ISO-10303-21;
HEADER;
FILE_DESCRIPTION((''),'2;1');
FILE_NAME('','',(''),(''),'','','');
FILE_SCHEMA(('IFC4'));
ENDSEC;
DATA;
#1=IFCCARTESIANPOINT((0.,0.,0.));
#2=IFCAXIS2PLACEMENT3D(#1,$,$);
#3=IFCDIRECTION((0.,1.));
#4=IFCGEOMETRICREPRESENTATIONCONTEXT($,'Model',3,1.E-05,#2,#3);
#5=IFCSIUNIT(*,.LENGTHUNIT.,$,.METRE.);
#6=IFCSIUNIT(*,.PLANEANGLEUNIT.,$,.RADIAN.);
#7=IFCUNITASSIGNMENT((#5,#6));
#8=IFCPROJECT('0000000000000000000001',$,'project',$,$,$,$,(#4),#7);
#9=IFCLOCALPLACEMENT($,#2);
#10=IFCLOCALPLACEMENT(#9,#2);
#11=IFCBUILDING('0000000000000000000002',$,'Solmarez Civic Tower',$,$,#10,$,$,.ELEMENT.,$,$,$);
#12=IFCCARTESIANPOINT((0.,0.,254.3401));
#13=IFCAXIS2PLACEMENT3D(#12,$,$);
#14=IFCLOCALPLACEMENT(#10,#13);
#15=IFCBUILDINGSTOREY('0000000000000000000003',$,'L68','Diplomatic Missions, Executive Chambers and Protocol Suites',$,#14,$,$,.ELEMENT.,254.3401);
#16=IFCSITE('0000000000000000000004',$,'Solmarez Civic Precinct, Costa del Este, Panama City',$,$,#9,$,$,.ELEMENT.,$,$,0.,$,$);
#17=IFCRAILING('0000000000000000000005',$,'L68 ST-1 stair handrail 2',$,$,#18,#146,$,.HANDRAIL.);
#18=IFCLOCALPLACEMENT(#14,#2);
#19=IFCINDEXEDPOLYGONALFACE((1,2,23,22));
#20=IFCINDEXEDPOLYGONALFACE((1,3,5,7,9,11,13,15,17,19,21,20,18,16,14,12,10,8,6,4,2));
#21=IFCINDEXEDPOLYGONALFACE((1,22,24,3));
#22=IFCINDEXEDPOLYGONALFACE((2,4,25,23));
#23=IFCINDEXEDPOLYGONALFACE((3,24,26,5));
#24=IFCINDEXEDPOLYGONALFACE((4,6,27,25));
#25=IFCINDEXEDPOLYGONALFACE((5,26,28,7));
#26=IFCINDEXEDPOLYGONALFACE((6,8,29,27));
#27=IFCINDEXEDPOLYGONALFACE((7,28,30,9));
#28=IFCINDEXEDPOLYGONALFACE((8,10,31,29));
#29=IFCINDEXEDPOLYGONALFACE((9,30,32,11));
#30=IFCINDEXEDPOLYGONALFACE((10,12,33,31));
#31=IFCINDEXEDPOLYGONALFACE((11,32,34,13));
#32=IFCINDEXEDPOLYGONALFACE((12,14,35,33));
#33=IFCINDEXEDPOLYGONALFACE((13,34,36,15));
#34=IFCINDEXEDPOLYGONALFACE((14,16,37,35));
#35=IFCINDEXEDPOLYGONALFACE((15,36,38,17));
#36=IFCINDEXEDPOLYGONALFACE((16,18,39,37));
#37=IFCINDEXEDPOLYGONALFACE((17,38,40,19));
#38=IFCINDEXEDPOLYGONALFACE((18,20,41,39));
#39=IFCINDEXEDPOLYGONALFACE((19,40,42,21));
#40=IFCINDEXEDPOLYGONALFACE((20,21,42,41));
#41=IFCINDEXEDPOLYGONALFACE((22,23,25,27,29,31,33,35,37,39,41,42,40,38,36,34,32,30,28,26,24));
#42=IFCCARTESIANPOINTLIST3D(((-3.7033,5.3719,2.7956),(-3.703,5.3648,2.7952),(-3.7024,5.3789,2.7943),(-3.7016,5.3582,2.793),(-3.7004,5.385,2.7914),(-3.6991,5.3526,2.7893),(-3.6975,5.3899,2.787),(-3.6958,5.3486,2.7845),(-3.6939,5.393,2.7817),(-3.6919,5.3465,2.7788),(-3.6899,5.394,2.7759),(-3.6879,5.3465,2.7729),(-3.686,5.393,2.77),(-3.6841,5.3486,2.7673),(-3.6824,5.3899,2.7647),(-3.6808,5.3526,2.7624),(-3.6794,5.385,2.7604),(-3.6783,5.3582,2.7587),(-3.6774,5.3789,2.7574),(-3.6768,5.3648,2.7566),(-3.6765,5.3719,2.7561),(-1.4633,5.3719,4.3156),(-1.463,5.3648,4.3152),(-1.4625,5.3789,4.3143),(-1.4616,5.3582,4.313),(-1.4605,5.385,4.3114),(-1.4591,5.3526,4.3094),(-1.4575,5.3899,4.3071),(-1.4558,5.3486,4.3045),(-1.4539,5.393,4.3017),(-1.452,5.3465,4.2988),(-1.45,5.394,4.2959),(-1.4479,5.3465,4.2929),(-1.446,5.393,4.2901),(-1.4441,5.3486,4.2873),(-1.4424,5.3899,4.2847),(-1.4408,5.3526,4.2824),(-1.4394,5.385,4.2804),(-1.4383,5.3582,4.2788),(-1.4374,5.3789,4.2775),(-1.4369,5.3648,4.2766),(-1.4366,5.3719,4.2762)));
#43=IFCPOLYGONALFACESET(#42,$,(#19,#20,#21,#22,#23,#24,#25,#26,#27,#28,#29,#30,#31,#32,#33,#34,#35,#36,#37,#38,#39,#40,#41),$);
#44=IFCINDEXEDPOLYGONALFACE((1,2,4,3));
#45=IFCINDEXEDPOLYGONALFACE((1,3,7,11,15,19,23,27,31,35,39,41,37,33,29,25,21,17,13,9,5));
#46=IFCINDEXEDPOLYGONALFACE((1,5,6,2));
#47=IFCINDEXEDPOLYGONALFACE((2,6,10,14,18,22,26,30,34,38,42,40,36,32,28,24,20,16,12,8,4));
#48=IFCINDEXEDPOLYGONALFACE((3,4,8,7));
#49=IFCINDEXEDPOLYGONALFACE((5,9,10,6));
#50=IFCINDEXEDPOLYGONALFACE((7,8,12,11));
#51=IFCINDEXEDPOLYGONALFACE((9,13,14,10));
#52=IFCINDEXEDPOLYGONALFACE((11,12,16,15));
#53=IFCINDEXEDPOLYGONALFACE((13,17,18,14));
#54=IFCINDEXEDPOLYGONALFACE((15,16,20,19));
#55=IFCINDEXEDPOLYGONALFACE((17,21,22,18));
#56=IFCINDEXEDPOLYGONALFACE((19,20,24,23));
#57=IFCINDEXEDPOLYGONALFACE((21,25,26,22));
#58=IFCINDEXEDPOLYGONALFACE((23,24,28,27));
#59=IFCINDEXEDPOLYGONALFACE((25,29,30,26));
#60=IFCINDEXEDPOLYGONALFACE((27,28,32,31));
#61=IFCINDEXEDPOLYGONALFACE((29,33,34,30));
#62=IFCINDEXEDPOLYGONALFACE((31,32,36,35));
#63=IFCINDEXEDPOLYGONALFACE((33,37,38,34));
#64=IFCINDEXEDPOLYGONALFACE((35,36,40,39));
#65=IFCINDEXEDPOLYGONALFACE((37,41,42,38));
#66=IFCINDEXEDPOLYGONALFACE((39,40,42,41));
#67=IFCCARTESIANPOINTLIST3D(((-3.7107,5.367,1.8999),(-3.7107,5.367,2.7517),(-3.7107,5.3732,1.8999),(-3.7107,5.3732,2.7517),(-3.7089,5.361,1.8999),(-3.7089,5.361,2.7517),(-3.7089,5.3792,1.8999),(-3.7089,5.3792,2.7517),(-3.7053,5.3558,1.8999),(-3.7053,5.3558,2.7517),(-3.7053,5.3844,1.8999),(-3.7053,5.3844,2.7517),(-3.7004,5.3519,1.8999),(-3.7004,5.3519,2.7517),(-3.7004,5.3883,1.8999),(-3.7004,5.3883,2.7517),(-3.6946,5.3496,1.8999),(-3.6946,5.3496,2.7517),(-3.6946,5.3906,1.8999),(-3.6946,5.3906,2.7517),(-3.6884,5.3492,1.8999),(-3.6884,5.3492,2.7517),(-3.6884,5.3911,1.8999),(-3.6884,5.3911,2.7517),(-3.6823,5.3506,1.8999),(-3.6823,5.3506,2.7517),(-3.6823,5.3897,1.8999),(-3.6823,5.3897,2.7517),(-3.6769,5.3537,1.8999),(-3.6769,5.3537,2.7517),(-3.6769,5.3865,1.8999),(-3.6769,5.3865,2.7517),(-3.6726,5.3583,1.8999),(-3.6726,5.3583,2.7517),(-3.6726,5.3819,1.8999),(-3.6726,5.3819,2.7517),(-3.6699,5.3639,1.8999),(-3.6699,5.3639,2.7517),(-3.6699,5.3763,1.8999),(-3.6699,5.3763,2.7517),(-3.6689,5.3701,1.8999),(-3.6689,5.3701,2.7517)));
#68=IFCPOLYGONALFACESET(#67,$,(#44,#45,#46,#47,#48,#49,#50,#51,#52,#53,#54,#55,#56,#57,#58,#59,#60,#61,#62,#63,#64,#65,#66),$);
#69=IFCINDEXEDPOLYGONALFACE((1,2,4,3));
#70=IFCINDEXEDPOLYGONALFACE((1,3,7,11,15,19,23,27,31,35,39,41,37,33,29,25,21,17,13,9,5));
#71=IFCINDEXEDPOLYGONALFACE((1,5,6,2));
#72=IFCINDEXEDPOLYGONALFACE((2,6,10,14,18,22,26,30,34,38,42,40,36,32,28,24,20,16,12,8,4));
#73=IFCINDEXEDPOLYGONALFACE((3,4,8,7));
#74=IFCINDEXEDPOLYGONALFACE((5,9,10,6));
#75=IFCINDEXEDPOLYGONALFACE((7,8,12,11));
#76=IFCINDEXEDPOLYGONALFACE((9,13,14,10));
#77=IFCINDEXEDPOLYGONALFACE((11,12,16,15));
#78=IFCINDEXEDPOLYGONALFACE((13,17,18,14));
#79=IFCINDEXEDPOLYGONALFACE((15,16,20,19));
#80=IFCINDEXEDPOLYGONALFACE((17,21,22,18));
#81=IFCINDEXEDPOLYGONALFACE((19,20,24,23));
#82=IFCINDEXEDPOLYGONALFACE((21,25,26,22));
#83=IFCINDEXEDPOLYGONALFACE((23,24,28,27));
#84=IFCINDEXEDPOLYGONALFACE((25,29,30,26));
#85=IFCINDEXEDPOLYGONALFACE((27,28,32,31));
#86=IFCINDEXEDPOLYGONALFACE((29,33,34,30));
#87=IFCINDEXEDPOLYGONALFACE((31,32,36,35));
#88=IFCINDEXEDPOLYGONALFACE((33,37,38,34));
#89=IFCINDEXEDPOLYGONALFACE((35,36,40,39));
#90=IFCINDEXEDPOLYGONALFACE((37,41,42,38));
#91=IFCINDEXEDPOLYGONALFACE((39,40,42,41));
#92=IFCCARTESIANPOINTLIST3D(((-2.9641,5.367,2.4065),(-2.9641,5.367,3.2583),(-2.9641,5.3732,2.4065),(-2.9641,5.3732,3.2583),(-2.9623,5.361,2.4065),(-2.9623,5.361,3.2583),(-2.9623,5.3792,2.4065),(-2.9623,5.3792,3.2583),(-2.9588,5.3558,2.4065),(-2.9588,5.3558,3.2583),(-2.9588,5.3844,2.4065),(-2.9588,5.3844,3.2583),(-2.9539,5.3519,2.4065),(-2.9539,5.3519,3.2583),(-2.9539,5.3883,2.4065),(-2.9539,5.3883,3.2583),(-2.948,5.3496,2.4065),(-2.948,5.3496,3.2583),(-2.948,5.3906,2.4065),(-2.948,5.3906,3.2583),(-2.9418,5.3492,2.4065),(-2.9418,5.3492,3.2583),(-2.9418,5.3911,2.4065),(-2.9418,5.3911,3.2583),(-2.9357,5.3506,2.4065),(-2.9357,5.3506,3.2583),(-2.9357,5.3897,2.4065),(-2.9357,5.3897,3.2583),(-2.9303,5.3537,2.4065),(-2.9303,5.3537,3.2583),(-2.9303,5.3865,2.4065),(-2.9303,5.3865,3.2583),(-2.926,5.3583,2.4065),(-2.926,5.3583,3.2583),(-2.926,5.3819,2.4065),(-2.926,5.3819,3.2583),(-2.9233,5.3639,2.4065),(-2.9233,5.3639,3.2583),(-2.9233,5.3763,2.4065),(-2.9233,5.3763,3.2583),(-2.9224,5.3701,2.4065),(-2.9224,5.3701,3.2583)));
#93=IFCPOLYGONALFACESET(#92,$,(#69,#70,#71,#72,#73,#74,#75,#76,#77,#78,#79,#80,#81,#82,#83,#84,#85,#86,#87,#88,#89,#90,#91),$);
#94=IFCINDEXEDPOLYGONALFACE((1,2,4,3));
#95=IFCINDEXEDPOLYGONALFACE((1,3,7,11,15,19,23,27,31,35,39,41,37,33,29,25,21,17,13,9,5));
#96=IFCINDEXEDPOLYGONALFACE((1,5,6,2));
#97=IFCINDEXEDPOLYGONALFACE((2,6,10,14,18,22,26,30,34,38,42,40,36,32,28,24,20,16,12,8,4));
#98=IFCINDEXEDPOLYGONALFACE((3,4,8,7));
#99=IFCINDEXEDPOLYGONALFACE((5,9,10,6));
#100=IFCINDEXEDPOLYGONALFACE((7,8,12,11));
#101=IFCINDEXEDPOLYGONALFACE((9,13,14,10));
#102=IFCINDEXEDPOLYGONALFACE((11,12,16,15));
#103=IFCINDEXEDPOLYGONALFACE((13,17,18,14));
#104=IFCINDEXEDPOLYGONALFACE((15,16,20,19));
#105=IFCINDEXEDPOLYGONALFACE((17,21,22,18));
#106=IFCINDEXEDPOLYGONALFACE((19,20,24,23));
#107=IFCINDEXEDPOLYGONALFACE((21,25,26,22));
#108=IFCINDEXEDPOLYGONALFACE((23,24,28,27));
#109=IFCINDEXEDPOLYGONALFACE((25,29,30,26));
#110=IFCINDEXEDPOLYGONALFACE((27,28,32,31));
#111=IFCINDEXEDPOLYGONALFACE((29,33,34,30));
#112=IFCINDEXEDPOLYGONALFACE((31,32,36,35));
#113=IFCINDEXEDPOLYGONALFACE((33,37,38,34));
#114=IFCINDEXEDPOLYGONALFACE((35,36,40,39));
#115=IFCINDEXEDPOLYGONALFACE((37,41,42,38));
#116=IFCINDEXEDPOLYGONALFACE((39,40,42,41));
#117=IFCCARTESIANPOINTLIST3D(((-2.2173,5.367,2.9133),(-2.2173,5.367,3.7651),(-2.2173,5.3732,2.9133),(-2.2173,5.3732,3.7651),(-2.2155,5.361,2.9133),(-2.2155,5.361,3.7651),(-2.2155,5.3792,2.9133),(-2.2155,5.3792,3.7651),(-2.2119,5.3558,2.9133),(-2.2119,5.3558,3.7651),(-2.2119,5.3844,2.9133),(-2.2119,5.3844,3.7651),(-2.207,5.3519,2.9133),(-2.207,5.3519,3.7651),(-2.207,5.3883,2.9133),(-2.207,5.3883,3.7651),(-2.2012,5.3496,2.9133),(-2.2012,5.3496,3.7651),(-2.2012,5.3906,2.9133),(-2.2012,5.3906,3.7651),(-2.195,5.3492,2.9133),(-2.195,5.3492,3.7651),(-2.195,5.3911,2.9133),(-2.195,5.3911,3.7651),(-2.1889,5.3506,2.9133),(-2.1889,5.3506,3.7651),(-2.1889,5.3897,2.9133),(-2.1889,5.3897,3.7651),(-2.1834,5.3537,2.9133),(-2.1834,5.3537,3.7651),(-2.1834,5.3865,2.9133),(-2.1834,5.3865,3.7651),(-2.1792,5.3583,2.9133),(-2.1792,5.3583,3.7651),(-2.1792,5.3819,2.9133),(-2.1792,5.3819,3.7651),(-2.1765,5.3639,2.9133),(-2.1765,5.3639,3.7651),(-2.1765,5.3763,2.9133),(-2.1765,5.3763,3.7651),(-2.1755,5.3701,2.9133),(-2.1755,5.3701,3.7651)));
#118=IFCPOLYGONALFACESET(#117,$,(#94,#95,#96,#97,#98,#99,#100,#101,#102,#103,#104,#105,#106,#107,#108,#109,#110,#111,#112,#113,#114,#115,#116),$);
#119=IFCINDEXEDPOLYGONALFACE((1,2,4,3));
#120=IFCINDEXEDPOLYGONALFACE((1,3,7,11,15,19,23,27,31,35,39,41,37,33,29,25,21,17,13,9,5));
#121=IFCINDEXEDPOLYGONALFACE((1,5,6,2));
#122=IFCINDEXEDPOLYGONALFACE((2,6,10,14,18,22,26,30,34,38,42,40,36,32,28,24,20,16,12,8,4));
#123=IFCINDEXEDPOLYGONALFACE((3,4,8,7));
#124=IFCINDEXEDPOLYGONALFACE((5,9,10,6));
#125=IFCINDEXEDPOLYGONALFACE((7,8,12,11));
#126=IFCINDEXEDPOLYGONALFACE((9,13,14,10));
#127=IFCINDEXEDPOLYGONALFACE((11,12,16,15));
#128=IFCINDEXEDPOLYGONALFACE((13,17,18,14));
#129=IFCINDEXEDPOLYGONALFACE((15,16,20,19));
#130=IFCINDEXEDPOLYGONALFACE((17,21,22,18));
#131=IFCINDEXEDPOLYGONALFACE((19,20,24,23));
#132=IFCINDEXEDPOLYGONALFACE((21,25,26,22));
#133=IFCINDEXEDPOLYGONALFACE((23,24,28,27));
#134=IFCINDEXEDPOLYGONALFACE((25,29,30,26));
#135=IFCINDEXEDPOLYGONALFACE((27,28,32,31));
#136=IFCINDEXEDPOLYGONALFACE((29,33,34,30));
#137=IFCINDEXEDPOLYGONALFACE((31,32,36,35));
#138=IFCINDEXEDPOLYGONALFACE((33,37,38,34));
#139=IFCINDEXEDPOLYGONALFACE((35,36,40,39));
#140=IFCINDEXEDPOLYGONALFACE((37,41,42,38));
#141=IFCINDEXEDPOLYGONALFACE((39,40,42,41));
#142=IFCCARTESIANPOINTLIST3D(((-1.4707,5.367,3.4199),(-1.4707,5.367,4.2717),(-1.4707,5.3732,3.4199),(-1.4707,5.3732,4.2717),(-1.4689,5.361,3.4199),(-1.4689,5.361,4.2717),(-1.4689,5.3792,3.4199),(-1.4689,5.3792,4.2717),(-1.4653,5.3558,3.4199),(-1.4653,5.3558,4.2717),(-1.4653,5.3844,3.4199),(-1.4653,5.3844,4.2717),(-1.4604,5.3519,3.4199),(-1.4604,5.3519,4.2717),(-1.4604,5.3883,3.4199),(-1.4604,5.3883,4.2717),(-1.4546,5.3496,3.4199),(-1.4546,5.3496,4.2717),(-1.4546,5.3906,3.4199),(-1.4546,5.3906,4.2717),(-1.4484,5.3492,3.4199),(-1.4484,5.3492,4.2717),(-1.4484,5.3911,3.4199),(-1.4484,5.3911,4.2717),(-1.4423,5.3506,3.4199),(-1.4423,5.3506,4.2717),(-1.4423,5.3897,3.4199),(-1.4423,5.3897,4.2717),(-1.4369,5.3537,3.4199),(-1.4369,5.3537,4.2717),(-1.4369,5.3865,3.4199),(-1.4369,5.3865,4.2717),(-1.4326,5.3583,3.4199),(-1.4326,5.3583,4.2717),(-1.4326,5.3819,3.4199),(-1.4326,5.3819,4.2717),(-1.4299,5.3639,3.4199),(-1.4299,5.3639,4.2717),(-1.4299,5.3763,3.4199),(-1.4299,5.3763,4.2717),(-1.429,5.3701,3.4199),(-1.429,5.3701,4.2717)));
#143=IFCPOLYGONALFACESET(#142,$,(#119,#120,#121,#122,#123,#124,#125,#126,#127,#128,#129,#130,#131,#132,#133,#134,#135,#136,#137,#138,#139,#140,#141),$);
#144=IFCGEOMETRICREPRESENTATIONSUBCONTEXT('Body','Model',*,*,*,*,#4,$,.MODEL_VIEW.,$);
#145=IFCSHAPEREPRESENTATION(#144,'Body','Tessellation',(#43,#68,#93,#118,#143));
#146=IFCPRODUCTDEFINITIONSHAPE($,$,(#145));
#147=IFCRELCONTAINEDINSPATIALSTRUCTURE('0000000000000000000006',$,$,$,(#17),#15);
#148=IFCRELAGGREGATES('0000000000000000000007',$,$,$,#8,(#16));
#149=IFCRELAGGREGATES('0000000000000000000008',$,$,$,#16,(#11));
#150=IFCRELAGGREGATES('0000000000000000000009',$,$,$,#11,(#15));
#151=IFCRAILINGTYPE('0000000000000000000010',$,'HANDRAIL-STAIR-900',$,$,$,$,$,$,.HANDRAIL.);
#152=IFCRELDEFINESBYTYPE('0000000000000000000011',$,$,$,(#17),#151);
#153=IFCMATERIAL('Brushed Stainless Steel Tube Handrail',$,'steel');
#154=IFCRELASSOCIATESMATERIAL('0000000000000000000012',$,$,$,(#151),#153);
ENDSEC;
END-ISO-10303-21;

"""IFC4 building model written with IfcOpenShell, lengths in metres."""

from ifc_helpers import new_model, si_unit, direction, frame, origin, origin_2d, place, context, subcontext, project, spatial, circle, extrude, material, type_object, element, save


model = new_model("IFC4")

# Units and contexts
model_context = context("Model", 3, precision=1e-05, world=origin(), true_north=direction((0.0, 1.0)))
body_context = subcontext(model_context, "Body", "Model", "MODEL_VIEW")
ifc_project = project(units=[si_unit("LENGTHUNIT", "METRE"), si_unit("PLANEANGLEUNIT", "RADIAN")], contexts=[model_context])

# Site, building, storey
site_placement = place(None, origin())
site = spatial("IfcSite", under=ifc_project, at=site_placement, Name="Solmarez Civic Precinct, Costa del Este, Panama City", CompositionType="ELEMENT", RefElevation=0.0)
building_placement = place(site_placement, origin())
building = spatial("IfcBuilding", under=site, at=building_placement, Name="Solmarez Civic Tower", CompositionType="ELEMENT")
storey_placement = place(building_placement, frame((0.0, 0.0, 254.3401)))
storey = spatial("IfcBuildingStorey", under=building, at=storey_placement, Name="L68", Description="Diplomatic Missions, Executive Chambers and Protocol Suites", CompositionType="ELEMENT", Elevation=254.3401)

# Railing
ifc_material_1 = material(Name="Brushed Stainless Steel Tube Handrail", Category="steel")
railing_type_1 = type_object("IfcRailingType", Name="HANDRAIL-STAIR-900", PredefinedType="HANDRAIL", material=ifc_material_1)
railing_1_placement = place(storey_placement, frame((-3.6899, 5.3701, 1.8999)))
element("IfcRailing", 1, at=railing_1_placement, inside=storey, type_object=railing_type_1, Name="L68 ST-1 stair handrail 2", PredefinedType="HANDRAIL", context=body_context, shape_type="SweptSolid", body=[
    extrude(circle(Radius=0.0239, at=origin_2d()), frame((0.0, 0.0, 0.876), z_axis=(0.827471, 0.0, 0.561508), x_axis=(0.0, 1.0, 0.0)), (0.0, 0.0, 1.0), 2.707),
    extrude(circle(Radius=0.021, at=origin_2d()), origin(), (0.0, 0.0, 1.0), 0.8518),
    extrude(circle(Radius=0.021, at=origin_2d()), frame((0.7466, 0.0, 0.5066)), (0.0, 0.0, 1.0), 0.8518),
    extrude(circle(Radius=0.021, at=origin_2d()), frame((1.4934, 0.0, 1.0134)), (0.0, 0.0, 1.0), 0.8518),
    extrude(circle(Radius=0.021, at=origin_2d()), frame((2.24, 0.0, 1.52)), (0.0, 0.0, 1.0), 0.8518),
])

save(model, "model.ifc")
